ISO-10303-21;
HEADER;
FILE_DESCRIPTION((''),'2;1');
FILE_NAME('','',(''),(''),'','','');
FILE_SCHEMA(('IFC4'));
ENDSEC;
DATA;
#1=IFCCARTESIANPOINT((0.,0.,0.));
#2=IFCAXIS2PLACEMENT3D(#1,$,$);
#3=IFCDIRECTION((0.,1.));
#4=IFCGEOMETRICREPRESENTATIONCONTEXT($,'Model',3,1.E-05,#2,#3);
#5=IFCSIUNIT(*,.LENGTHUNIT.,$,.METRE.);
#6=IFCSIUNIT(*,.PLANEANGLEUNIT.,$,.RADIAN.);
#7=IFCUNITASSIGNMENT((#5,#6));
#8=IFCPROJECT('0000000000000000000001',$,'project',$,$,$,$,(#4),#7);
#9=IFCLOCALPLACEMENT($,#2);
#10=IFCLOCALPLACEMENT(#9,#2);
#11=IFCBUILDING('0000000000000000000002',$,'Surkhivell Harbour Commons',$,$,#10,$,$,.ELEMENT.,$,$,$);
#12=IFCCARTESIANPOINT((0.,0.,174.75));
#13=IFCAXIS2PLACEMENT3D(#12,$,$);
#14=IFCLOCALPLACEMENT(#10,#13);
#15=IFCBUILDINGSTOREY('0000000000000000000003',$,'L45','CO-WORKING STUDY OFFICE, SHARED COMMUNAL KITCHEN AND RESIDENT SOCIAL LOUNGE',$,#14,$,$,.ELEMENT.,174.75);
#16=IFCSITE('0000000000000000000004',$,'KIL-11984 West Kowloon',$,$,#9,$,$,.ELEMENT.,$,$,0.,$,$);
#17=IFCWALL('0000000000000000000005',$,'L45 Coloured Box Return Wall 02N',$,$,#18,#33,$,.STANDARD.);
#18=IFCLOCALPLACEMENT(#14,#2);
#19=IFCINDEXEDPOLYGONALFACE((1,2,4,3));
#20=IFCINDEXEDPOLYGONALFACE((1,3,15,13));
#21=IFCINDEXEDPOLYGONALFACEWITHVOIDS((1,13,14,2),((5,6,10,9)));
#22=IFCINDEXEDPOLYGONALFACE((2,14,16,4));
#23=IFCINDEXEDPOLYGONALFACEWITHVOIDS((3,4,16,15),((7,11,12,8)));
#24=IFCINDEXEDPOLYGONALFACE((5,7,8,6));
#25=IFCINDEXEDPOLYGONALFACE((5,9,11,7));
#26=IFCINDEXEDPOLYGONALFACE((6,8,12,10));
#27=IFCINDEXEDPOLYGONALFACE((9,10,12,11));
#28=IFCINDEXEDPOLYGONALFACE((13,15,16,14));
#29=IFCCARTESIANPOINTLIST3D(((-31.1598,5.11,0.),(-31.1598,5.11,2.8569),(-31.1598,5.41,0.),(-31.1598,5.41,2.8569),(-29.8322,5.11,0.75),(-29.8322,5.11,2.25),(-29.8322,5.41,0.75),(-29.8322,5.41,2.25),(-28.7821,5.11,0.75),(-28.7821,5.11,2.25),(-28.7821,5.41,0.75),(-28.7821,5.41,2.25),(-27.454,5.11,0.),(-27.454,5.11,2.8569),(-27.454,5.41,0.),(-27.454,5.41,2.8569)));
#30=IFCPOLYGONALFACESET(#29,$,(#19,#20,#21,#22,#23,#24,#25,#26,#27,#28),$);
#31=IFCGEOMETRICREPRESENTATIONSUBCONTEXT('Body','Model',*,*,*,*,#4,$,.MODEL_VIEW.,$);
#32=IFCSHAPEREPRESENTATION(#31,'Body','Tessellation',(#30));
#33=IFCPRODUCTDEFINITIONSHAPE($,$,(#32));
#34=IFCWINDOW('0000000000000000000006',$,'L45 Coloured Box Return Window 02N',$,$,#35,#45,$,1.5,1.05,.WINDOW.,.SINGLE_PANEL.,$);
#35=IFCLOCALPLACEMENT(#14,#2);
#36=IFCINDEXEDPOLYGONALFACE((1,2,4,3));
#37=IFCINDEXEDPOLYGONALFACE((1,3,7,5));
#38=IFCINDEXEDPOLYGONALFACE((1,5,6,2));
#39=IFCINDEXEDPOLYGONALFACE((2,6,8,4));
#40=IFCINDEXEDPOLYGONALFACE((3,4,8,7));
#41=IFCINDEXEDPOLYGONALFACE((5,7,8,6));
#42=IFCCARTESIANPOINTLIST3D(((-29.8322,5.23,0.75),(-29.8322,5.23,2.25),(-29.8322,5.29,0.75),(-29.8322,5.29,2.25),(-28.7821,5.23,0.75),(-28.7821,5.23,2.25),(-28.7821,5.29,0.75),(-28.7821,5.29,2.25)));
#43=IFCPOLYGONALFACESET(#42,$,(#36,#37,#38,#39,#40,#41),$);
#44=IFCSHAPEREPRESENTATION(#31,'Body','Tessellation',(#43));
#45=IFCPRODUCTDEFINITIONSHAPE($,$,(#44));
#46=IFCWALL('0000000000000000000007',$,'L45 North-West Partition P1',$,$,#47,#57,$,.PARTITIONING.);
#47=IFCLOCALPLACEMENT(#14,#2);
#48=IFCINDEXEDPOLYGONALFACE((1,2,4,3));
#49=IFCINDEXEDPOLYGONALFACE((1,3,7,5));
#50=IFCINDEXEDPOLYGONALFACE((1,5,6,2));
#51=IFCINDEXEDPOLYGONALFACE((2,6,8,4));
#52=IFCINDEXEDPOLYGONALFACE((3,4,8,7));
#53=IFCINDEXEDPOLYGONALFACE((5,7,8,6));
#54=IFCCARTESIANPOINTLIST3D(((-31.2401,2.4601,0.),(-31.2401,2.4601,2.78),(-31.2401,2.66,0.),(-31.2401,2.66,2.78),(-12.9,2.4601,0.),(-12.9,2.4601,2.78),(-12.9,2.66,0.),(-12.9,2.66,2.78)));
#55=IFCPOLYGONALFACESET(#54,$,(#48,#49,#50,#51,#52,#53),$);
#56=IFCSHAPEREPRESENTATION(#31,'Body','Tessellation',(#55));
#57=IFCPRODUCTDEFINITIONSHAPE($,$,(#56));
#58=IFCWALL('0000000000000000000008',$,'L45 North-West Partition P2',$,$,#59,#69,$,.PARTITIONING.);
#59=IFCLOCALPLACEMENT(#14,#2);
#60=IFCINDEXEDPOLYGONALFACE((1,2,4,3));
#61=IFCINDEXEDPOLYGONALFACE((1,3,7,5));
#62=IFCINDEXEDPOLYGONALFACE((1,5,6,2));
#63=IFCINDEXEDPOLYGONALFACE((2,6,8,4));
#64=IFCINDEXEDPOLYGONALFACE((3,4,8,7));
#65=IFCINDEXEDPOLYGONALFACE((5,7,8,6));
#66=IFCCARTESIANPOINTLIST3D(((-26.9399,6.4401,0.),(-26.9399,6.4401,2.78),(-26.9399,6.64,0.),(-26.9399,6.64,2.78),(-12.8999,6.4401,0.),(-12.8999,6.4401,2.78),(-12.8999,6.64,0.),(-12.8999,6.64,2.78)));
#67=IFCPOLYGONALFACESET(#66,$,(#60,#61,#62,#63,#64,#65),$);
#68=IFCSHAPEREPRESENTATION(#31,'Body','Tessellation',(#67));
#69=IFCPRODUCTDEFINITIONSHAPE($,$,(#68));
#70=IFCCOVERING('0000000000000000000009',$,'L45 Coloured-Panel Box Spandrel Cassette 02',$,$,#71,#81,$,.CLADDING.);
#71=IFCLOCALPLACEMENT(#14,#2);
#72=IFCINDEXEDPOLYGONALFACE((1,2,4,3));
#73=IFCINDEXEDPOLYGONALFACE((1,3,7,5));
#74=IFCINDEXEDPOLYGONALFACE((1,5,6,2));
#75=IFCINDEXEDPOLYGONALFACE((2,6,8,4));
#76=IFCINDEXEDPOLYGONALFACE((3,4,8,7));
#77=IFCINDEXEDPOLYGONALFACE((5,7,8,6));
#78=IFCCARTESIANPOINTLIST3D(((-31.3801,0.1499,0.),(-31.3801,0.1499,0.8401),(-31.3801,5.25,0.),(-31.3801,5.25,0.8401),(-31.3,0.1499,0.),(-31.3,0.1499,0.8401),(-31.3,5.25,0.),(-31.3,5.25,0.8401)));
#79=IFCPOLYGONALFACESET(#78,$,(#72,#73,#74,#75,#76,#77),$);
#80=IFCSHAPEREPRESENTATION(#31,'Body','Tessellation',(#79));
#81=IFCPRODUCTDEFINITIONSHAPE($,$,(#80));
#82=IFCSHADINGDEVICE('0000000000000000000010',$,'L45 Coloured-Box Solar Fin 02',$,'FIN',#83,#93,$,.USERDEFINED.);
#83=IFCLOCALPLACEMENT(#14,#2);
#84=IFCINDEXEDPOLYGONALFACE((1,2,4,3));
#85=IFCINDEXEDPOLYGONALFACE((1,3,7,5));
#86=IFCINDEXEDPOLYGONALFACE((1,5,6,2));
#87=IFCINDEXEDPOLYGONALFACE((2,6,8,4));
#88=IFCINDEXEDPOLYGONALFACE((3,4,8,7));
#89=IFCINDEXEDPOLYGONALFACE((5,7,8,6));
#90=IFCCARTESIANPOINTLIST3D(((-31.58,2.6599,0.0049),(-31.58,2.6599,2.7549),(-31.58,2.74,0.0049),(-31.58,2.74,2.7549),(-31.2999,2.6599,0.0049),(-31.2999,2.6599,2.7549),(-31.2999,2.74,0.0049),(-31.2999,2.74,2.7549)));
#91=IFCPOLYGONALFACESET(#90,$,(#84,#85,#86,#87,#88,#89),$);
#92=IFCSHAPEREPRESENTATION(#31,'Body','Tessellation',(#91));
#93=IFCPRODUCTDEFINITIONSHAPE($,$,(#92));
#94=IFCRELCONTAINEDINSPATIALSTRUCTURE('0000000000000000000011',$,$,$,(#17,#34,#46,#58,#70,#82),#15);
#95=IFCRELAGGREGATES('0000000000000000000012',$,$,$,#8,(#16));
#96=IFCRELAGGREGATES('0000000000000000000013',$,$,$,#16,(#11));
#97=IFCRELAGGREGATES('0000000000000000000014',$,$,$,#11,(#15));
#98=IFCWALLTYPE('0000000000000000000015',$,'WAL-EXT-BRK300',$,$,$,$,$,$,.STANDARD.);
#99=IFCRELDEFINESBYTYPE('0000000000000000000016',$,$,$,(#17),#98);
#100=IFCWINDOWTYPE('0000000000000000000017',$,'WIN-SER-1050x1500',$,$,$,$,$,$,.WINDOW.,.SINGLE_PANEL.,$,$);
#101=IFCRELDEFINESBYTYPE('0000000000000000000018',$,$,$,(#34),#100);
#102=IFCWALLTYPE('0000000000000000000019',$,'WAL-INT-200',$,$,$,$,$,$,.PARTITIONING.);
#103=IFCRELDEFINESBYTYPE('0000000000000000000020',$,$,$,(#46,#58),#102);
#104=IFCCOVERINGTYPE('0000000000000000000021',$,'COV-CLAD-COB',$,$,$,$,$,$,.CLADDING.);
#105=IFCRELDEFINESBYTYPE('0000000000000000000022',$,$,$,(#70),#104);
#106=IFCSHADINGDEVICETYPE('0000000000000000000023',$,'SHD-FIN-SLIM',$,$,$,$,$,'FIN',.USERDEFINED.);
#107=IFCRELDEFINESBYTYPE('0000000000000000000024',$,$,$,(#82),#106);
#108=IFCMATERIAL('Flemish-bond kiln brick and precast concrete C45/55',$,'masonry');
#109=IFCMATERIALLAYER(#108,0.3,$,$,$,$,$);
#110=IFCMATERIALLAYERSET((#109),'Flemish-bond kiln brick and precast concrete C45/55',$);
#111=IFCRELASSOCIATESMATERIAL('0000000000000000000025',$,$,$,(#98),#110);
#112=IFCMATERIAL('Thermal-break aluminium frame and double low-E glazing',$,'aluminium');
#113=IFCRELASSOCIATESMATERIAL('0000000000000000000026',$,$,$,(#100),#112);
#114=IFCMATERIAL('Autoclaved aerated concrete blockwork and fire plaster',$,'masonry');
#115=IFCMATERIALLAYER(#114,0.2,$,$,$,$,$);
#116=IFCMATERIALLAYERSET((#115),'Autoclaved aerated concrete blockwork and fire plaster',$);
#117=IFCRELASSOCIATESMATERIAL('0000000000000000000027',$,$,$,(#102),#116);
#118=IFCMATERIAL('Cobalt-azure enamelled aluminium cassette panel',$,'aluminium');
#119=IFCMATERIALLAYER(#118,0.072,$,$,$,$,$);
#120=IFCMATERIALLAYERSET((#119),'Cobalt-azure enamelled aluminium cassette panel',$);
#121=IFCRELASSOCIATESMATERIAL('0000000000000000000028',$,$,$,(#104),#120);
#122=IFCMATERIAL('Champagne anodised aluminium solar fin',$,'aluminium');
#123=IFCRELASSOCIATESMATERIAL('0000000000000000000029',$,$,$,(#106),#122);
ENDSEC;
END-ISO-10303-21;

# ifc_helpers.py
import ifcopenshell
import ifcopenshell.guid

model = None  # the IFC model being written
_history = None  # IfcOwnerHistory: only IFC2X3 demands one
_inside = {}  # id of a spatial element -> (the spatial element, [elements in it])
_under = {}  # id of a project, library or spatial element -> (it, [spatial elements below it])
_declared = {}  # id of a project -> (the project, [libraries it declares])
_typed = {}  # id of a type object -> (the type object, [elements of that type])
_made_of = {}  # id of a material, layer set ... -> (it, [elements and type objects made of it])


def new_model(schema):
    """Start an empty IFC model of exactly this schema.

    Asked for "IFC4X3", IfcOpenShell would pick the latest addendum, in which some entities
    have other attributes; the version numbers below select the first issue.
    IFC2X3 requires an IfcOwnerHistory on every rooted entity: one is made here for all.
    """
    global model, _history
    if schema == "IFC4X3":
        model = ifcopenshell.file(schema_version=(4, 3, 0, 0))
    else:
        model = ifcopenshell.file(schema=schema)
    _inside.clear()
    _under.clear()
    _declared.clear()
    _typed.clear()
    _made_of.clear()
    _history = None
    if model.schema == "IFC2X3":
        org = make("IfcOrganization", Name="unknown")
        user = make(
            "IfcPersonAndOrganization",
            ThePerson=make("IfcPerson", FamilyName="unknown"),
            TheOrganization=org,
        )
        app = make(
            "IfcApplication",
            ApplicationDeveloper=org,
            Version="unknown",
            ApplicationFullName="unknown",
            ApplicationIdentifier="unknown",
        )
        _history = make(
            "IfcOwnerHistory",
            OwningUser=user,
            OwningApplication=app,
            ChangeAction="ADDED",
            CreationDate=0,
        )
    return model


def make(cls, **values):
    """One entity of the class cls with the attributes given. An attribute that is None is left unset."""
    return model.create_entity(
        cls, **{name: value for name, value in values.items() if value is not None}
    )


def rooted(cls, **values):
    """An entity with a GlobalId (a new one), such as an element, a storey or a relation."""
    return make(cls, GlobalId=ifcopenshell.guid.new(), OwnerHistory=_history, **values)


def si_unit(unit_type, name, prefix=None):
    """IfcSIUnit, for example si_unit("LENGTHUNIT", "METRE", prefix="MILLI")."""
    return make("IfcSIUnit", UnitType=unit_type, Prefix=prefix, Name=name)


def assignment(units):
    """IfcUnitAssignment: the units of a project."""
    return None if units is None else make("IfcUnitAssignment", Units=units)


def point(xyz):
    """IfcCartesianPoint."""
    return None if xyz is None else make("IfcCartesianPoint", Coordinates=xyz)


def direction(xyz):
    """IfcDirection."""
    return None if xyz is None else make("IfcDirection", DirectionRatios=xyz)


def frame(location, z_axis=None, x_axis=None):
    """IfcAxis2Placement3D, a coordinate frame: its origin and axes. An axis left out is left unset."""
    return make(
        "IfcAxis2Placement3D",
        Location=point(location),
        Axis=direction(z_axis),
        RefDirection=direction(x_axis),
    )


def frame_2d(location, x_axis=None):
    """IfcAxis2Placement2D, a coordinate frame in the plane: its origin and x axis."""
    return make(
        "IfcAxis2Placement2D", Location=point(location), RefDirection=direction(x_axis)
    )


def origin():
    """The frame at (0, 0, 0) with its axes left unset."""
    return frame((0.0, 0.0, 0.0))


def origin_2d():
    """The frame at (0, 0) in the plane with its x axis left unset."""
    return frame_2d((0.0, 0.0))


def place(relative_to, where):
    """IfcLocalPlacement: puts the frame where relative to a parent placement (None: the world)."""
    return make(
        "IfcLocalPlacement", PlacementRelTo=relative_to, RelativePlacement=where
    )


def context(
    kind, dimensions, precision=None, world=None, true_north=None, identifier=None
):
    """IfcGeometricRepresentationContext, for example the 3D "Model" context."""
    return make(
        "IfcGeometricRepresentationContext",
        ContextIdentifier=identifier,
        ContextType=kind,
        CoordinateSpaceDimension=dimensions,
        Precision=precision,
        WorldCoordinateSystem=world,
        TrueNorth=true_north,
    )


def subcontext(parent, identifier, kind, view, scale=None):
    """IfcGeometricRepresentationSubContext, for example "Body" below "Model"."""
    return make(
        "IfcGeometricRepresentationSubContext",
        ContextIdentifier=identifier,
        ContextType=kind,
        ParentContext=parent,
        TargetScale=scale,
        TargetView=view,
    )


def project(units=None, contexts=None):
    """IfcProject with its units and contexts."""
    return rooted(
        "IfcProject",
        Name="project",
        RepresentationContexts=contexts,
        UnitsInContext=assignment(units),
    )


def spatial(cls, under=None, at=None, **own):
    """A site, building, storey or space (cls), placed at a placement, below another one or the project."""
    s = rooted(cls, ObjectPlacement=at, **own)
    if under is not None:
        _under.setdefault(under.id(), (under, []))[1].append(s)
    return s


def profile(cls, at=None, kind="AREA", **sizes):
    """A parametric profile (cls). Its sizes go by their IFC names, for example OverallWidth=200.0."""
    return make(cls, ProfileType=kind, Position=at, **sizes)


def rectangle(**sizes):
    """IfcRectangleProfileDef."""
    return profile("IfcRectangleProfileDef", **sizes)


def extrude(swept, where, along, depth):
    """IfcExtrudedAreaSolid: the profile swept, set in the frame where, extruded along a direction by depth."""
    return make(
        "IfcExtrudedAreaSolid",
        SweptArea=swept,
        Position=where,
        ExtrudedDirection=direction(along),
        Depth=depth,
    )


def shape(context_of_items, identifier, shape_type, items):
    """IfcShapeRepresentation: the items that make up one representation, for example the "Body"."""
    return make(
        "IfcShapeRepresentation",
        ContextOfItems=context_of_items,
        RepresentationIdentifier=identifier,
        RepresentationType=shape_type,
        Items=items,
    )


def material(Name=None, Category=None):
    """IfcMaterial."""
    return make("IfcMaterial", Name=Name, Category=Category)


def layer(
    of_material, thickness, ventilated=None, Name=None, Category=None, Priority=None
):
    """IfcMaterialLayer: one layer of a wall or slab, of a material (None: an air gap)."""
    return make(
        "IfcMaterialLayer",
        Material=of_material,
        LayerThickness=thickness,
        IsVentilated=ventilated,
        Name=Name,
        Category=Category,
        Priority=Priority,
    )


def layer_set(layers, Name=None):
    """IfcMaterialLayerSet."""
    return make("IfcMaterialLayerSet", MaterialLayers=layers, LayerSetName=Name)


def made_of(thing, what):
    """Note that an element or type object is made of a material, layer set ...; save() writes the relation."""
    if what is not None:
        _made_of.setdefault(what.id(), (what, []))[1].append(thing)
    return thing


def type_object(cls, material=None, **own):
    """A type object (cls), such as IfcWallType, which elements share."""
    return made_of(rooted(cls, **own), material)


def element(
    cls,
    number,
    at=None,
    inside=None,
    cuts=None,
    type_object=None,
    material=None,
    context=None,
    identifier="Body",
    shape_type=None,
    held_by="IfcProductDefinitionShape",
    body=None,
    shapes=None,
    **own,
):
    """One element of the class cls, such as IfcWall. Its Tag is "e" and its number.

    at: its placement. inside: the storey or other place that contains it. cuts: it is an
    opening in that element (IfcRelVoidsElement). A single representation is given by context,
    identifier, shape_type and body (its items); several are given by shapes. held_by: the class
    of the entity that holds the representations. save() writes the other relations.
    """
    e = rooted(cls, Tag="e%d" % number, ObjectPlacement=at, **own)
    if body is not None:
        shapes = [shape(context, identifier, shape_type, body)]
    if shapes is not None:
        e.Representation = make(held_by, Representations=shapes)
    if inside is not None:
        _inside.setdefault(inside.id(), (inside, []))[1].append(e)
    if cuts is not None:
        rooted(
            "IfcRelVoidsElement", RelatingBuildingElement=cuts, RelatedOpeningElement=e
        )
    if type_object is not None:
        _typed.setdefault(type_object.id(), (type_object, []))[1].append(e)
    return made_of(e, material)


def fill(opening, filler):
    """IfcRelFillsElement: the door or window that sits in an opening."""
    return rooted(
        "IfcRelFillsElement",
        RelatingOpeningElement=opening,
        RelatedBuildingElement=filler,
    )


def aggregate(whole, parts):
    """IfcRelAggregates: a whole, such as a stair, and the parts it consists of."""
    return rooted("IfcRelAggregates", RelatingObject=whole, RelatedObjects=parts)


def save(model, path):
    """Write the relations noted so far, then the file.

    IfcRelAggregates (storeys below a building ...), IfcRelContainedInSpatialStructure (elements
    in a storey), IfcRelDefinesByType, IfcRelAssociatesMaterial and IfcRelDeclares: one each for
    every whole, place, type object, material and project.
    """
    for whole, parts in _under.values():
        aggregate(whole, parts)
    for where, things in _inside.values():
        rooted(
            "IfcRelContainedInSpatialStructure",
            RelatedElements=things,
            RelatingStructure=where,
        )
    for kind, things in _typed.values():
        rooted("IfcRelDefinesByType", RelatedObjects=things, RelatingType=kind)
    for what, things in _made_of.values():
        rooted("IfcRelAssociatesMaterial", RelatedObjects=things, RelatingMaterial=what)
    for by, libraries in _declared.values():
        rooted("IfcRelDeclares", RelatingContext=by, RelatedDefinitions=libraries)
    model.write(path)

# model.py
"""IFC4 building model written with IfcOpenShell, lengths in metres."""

from ifc_helpers import new_model, si_unit, direction, frame, frame_2d, origin, origin_2d, place, context, subcontext, project, spatial, rectangle, extrude, material, layer, layer_set, type_object, element, fill, save


model = new_model("IFC4")

# Units and contexts
model_context = context("Model", 3, precision=1e-05, world=origin(), true_north=direction((0.0, 1.0)))
body_context = subcontext(model_context, "Body", "Model", "MODEL_VIEW")
ifc_project = project(units=[si_unit("LENGTHUNIT", "METRE"), si_unit("PLANEANGLEUNIT", "RADIAN")], contexts=[model_context])

# Site, building, storey
site_placement = place(None, origin())
site = spatial("IfcSite", under=ifc_project, at=site_placement, Name="KIL-11984 West Kowloon", CompositionType="ELEMENT", RefElevation=0.0)
building_placement = place(site_placement, origin())
building = spatial("IfcBuilding", under=site, at=building_placement, Name="Surkhivell Harbour Commons", CompositionType="ELEMENT")
storey_placement = place(building_placement, frame((0.0, 0.0, 174.75)))
storey = spatial("IfcBuildingStorey", under=building, at=storey_placement, Name="L45", Description="CO-WORKING STUDY OFFICE, SHARED COMMUNAL KITCHEN AND RESIDENT SOCIAL LOUNGE", CompositionType="ELEMENT", Elevation=174.75)

# Wall, opening, window
ifc_material_1 = material(Name="Flemish-bond kiln brick and precast concrete C45/55", Category="masonry")
ifc_layer_1 = layer(ifc_material_1, 0.3)
ifc_layer_set_1 = layer_set([ifc_layer_1], Name="Flemish-bond kiln brick and precast concrete C45/55")
wall_type_1 = type_object("IfcWallType", Name="WAL-EXT-BRK300", PredefinedType="STANDARD", material=ifc_layer_set_1)
ifc_material_2 = material(Name="Thermal-break aluminium frame and double low-E glazing", Category="aluminium")
window_type = type_object("IfcWindowType", Name="WIN-SER-1050x1500", PartitioningType="SINGLE_PANEL", PredefinedType="WINDOW", material=ifc_material_2)
wall_1_placement = place(storey_placement, frame((-31.1599, 5.26, 0.0), z_axis=(0.0, 0.0, 1.0), x_axis=(1.0, 0.0, 0.0)))
wall_1 = element("IfcWall", 1, at=wall_1_placement, inside=storey, type_object=wall_type_1, Name="L45 Coloured Box Return Wall 02N", PredefinedType="STANDARD", context=body_context, shape_type="SweptSolid", body=[
    extrude(rectangle(XDim=3.7058, YDim=0.3, at=frame_2d((1.853, 0.0))), origin(), (0.0, 0.0, 1.0), 2.8569),
])
opening_1_placement = place(wall_1_placement, frame((1.3279, 0.0, 0.75)))
opening_1 = element("IfcOpeningElement", 2, at=opening_1_placement, cuts=wall_1, PredefinedType="OPENING", context=body_context, shape_type="SweptSolid", body=[
    extrude(rectangle(XDim=1.05, YDim=1.5, at=frame_2d((0.5249, 0.75))), frame((0.0, 0.1599, 0.0), z_axis=(0.0, -1.0, 0.0), x_axis=(1.0, 0.0, 0.0)), (0.0, 0.0, 1.0), 0.3201),
])
window_1_placement = place(opening_1_placement, origin())
window_1 = element("IfcWindow", 3, at=window_1_placement, inside=storey, type_object=window_type, Name="L45 Coloured Box Return Window 02N", OverallHeight=1.5, OverallWidth=1.05, PartitioningType="SINGLE_PANEL", PredefinedType="WINDOW", context=body_context, shape_type="SweptSolid", body=[
    extrude(rectangle(XDim=1.05, YDim=1.5, at=frame_2d((0.5249, 0.75))), frame((0.0, 0.03, 0.0), z_axis=(0.0, -1.0, 0.0), x_axis=(1.0, 0.0, 0.0)), (0.0, 0.0, 1.0), 0.0601),
])
fill(opening_1, window_1)

# Walls
ifc_material_3 = material(Name="Autoclaved aerated concrete blockwork and fire plaster", Category="masonry")
ifc_layer_2 = layer(ifc_material_3, 0.2)
ifc_layer_set_2 = layer_set([ifc_layer_2], Name="Autoclaved aerated concrete blockwork and fire plaster")
wall_type_2 = type_object("IfcWallType", Name="WAL-INT-200", PredefinedType="PARTITIONING", material=ifc_layer_set_2)
wall_2_placement = place(storey_placement, frame((-31.24, 2.5601, 0.0), z_axis=(0.0, 0.0, 1.0), x_axis=(1.0, 0.0, 0.0)))
element("IfcWall", 4, at=wall_2_placement, inside=storey, type_object=wall_type_2, Name="L45 North-West Partition P1", PredefinedType="PARTITIONING", context=body_context, shape_type="SweptSolid", body=[
    extrude(rectangle(XDim=18.3401, YDim=0.2, at=frame_2d((9.1699, 0.0))), origin(), (0.0, 0.0, 1.0), 2.78),
])
wall_3_placement = place(storey_placement, frame((-26.9399, 6.54, 0.0), z_axis=(0.0, 0.0, 1.0), x_axis=(1.0, 0.0, 0.0)))
element("IfcWall", 5, at=wall_3_placement, inside=storey, type_object=wall_type_2, Name="L45 North-West Partition P2", PredefinedType="PARTITIONING", context=body_context, shape_type="SweptSolid", body=[
    extrude(rectangle(XDim=14.04, YDim=0.2, at=frame_2d((7.02, 0.0))), origin(), (0.0, 0.0, 1.0), 2.78),
])

# Covering
ifc_material_4 = material(Name="Cobalt-azure enamelled aluminium cassette panel", Category="aluminium")
ifc_layer_3 = layer(ifc_material_4, 0.072)
ifc_layer_set_3 = layer_set([ifc_layer_3], Name="Cobalt-azure enamelled aluminium cassette panel")
covering_type = type_object("IfcCoveringType", Name="COV-CLAD-COB", PredefinedType="CLADDING", material=ifc_layer_set_3)
covering_placement = place(storey_placement, frame((-31.3401, 2.7, 0.0), z_axis=(0.0, 0.0, 1.0), x_axis=(1.0, 0.0, 0.0)))
element("IfcCovering", 6, at=covering_placement, inside=storey, type_object=covering_type, Name="L45 Coloured-Panel Box Spandrel Cassette 02", PredefinedType="CLADDING", context=body_context, shape_type="SweptSolid", body=[
    extrude(rectangle(XDim=0.0801, YDim=5.1001, at=origin_2d()), origin(), (0.0, 0.0, 1.0), 0.8401),
])

# Shading device
ifc_material_5 = material(Name="Champagne anodised aluminium solar fin", Category="aluminium")
shading_device_type = type_object("IfcShadingDeviceType", Name="SHD-FIN-SLIM", ElementType="FIN", PredefinedType="USERDEFINED", material=ifc_material_5)
shading_device_placement = place(storey_placement, frame((-31.4399, 2.7, 0.0049), z_axis=(0.0, 0.0, 1.0), x_axis=(1.0, 0.0, 0.0)))
element("IfcShadingDevice", 7, at=shading_device_placement, inside=storey, type_object=shading_device_type, Name="L45 Coloured-Box Solar Fin 02", ObjectType="FIN", PredefinedType="USERDEFINED", context=body_context, shape_type="SweptSolid", body=[
    extrude(rectangle(XDim=0.28, YDim=0.0801, at=origin_2d()), origin(), (0.0, 0.0, 1.0), 2.75),
])

save(model, "model.ifc")
